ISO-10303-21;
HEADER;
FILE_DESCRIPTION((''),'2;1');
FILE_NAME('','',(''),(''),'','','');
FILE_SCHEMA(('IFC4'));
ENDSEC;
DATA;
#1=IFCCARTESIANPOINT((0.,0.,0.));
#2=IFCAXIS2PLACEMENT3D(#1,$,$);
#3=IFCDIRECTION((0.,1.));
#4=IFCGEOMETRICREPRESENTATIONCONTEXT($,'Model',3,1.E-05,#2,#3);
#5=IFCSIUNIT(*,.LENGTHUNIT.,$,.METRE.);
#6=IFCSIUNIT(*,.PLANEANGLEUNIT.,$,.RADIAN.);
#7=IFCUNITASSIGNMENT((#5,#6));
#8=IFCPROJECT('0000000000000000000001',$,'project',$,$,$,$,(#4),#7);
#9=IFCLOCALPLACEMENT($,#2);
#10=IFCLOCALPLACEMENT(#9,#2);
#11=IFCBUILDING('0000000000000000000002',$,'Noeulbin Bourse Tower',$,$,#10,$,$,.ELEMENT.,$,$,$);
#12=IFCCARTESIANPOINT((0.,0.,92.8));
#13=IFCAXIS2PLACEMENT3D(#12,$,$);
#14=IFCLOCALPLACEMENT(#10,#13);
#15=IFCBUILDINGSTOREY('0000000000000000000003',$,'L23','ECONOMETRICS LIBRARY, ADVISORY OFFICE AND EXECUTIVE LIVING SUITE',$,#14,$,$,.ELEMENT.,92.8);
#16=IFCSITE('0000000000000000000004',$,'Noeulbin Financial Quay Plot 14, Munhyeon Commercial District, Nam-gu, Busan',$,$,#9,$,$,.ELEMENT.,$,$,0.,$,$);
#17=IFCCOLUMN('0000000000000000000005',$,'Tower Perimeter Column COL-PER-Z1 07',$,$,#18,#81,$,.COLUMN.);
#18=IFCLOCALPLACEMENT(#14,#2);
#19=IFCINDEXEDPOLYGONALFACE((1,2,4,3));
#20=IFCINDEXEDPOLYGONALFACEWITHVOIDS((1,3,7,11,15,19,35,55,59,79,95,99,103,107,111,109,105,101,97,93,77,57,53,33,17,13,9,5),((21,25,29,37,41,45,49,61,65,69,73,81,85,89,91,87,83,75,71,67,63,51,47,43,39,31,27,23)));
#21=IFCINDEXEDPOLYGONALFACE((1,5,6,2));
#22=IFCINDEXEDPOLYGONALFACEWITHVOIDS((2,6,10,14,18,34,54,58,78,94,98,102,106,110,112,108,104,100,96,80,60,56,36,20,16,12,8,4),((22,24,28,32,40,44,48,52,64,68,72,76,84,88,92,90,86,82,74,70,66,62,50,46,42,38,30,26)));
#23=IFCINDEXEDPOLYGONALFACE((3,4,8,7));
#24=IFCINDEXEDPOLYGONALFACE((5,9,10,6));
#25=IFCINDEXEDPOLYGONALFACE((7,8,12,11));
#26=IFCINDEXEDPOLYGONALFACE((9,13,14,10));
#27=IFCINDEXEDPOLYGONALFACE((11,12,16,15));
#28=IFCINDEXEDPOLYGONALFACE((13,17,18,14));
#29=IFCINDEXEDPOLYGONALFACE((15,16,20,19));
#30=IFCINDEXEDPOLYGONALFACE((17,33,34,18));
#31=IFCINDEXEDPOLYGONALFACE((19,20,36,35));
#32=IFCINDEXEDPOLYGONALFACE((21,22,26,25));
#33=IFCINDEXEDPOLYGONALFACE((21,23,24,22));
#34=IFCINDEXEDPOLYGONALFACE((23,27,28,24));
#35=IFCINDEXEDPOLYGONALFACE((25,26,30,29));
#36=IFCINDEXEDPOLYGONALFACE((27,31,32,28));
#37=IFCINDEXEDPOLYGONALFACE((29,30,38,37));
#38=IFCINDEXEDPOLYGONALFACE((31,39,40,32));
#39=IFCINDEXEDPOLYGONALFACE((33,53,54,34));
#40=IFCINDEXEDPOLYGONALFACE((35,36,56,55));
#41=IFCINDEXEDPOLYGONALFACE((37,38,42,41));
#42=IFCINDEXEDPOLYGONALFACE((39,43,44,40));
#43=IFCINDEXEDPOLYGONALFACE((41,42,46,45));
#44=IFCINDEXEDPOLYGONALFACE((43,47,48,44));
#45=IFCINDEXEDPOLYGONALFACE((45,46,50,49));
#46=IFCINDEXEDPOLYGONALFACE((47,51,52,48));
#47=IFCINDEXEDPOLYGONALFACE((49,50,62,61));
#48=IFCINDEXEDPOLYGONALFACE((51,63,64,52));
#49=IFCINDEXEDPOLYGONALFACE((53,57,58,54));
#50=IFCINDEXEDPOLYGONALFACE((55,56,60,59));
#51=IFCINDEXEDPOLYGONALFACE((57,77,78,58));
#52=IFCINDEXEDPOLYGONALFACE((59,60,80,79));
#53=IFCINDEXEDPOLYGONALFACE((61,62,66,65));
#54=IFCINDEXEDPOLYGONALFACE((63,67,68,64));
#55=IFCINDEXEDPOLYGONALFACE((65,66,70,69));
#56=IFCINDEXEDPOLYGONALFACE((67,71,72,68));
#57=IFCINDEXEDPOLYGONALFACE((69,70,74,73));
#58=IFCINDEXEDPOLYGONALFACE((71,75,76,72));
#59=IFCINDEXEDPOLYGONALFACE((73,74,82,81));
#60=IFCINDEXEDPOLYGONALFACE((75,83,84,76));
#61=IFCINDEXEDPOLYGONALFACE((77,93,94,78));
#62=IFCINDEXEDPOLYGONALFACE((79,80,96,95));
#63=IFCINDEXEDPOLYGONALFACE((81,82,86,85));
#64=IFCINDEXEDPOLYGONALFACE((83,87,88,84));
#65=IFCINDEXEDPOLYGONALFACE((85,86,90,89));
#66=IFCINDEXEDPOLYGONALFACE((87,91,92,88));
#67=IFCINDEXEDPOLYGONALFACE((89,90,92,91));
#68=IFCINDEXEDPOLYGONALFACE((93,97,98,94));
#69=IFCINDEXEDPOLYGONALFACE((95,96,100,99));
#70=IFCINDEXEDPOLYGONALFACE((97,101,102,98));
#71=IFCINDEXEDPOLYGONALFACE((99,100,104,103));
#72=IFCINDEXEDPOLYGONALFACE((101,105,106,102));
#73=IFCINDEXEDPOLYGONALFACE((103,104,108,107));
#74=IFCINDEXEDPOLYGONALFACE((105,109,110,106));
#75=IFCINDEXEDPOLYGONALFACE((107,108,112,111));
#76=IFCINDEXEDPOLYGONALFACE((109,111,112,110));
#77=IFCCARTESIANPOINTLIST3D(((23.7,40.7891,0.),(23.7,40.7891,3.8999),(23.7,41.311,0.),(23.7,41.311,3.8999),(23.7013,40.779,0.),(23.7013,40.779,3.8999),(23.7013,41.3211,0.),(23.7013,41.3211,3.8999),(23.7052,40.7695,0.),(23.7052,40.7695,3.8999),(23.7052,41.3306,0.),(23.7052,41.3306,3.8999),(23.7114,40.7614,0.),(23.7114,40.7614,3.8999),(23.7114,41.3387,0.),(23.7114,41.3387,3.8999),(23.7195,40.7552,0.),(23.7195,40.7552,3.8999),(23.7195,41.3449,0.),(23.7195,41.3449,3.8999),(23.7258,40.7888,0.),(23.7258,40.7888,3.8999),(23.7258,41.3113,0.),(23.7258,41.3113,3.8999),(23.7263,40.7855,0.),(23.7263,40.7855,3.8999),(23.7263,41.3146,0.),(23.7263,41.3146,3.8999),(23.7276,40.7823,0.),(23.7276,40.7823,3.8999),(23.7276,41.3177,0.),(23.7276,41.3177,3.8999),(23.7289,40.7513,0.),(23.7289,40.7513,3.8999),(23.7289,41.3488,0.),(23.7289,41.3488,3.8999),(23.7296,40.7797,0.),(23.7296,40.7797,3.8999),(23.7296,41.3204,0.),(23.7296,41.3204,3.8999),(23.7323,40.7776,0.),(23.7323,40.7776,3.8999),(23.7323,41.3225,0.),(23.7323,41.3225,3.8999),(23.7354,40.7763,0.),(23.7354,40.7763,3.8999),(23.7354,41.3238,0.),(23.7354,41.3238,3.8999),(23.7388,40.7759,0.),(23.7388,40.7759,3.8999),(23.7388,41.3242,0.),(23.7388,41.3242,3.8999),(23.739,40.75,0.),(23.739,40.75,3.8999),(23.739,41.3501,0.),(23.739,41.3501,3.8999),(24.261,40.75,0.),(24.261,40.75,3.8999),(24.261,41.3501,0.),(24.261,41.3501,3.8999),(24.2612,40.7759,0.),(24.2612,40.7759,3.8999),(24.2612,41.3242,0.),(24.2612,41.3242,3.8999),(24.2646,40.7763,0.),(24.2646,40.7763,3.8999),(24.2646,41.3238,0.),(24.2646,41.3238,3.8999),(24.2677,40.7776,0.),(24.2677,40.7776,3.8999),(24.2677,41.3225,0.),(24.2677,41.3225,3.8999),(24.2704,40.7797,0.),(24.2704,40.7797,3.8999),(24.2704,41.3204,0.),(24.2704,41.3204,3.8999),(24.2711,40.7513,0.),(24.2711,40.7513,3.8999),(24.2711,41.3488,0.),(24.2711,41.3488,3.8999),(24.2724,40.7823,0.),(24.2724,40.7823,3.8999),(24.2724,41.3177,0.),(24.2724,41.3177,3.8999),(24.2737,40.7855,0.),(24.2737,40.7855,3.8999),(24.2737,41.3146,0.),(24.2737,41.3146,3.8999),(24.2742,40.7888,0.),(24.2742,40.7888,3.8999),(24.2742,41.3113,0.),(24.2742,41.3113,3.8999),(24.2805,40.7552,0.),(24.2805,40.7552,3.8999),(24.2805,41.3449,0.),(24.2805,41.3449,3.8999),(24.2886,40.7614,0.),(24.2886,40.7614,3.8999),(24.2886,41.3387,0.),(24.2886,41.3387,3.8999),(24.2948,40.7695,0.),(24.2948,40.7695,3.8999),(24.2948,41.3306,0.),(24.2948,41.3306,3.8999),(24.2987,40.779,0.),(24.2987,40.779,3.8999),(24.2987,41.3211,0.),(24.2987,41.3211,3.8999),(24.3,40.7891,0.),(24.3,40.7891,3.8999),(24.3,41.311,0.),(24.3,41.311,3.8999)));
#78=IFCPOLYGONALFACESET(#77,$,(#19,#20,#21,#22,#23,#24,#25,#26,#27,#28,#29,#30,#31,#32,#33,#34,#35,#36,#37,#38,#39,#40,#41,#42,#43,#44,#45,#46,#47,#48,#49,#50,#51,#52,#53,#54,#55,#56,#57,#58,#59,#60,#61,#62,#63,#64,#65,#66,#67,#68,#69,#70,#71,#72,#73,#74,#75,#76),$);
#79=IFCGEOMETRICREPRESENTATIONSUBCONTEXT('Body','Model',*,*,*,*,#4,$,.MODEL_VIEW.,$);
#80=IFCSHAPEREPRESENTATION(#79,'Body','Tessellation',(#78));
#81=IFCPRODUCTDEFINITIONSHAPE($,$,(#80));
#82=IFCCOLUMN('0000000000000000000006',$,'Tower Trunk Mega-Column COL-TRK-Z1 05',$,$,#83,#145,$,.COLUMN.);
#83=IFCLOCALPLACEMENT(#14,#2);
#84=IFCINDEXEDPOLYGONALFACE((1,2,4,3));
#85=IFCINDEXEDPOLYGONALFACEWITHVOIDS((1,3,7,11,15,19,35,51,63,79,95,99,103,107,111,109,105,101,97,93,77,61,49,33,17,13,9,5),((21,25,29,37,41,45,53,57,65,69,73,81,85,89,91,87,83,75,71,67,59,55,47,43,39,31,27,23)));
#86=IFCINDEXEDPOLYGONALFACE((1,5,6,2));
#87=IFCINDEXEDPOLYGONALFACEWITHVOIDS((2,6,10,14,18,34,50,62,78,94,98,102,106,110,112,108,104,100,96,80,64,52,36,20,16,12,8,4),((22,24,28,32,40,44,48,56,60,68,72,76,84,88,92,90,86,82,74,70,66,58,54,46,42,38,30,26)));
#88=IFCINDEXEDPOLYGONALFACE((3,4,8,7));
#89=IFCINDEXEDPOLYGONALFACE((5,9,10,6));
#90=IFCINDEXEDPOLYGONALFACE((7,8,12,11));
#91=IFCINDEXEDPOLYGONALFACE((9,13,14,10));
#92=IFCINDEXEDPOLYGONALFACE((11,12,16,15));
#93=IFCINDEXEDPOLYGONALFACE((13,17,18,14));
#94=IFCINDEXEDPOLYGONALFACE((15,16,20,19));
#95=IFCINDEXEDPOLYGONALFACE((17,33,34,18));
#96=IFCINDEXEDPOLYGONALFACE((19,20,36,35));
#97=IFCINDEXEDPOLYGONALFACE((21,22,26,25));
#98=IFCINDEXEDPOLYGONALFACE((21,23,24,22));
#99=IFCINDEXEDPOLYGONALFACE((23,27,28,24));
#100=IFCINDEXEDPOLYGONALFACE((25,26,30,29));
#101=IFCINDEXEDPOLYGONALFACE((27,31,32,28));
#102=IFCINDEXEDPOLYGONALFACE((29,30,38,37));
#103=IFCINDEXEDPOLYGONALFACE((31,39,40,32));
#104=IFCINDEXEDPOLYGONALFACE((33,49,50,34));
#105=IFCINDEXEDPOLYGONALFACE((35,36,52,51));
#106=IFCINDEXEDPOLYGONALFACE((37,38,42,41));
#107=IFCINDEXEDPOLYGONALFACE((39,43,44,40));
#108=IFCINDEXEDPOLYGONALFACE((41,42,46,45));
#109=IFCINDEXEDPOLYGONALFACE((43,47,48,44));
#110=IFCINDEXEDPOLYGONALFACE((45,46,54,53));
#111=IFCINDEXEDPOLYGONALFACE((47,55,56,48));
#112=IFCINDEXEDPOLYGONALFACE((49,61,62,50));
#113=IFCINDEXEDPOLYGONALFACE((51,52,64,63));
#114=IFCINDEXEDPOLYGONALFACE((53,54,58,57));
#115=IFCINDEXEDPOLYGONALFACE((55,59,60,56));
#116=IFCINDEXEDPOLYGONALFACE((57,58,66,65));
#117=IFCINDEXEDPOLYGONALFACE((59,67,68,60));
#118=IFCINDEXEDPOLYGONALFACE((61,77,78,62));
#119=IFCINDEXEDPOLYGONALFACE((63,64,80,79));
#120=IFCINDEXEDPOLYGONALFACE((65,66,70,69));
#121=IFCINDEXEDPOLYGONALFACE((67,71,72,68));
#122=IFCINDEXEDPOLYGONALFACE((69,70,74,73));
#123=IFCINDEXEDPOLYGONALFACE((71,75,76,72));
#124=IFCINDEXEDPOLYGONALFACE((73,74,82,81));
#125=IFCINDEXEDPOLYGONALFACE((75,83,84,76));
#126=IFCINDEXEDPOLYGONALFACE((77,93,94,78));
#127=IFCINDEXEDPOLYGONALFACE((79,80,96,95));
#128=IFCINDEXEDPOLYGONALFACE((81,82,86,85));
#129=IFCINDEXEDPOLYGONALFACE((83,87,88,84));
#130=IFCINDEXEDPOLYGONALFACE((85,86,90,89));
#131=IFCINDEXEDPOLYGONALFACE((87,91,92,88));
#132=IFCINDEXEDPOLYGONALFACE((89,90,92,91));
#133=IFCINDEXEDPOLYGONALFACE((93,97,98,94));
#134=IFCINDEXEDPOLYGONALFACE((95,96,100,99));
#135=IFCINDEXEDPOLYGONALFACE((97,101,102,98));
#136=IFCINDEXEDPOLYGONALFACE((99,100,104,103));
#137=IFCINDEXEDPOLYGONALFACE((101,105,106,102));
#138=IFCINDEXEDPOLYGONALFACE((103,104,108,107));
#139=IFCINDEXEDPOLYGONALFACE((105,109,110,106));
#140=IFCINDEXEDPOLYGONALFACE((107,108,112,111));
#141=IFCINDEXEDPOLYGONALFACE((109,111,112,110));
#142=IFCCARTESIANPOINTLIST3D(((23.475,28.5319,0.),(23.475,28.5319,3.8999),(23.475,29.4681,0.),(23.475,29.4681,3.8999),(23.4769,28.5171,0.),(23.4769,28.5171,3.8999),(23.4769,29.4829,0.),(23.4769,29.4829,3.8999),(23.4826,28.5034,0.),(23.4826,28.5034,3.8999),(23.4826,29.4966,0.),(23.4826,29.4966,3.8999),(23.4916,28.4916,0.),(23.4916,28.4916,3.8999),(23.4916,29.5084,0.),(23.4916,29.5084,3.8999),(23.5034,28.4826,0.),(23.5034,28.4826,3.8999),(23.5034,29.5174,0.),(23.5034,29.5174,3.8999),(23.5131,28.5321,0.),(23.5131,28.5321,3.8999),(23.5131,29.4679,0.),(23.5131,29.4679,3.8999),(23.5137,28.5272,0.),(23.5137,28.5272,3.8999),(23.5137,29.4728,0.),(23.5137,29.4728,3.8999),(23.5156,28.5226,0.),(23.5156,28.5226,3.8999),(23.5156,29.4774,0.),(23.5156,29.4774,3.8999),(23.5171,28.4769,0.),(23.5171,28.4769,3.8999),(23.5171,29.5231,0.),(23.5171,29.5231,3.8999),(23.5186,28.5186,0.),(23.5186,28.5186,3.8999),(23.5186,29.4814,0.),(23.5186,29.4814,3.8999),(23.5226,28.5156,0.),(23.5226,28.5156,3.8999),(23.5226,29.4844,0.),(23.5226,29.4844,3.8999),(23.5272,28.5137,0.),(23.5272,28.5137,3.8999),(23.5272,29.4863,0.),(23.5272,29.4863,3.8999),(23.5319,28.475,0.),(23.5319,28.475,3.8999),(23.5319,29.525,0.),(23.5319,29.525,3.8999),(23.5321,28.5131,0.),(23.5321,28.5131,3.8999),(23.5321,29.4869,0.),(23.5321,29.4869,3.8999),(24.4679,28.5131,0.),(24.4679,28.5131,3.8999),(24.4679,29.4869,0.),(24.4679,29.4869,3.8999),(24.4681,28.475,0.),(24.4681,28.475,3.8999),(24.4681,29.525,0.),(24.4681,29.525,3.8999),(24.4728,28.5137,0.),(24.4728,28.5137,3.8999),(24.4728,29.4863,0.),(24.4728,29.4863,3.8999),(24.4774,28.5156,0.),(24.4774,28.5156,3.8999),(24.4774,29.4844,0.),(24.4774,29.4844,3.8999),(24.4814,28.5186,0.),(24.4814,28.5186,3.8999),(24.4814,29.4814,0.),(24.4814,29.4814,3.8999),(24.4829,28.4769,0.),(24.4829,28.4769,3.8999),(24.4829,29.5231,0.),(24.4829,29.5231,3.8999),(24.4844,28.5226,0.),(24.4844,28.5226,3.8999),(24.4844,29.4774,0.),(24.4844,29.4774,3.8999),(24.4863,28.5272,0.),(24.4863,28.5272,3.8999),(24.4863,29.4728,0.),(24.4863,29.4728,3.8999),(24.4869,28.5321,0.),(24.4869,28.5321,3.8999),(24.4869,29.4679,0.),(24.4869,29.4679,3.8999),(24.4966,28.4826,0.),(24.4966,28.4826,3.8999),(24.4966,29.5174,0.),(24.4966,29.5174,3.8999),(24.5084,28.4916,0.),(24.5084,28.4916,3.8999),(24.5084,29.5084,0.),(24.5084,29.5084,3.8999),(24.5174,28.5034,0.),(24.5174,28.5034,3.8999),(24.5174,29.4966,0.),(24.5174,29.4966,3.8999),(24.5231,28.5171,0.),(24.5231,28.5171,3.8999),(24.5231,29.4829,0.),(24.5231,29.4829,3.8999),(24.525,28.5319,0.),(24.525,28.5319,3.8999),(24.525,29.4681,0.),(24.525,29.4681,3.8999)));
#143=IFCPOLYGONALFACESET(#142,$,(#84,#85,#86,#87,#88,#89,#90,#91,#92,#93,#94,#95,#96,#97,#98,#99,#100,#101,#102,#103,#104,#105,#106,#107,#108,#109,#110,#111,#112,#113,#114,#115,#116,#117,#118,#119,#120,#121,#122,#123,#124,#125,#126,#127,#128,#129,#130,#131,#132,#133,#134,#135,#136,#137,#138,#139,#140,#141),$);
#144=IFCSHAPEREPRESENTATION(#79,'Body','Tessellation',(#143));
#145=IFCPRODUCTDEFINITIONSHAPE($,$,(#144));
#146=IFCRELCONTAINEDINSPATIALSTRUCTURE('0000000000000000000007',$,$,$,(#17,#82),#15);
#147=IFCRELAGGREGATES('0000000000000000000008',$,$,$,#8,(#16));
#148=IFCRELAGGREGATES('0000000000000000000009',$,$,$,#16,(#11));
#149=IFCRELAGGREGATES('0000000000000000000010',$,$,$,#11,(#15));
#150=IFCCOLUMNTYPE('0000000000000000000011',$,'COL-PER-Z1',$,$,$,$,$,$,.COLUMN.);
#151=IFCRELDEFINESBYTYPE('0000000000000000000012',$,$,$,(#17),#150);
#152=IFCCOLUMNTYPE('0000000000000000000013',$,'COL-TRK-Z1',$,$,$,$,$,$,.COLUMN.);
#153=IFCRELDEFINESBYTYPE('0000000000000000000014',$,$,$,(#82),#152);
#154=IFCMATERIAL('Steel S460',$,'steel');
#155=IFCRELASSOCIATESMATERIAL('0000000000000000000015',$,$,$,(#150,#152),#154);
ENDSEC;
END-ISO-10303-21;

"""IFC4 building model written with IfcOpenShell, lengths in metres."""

from ifc_helpers import new_model, si_unit, direction, frame, origin, origin_2d, place, context, subcontext, project, spatial, hollow_rectangle, extrude, material, material_profile, profile_set, type_object, element, save


model = new_model("IFC4")

# Units and contexts
model_context = context("Model", 3, precision=1e-05, world=origin(), true_north=direction((0.0, 1.0)))
body_context = subcontext(model_context, "Body", "Model", "MODEL_VIEW")
ifc_project = project(units=[si_unit("LENGTHUNIT", "METRE"), si_unit("PLANEANGLEUNIT", "RADIAN")], contexts=[model_context])

# Site, building, storey
site_placement = place(None, origin())
site = spatial("IfcSite", under=ifc_project, at=site_placement, Name="Noeulbin Financial Quay Plot 14, Munhyeon Commercial District, Nam-gu, Busan", CompositionType="ELEMENT", RefElevation=0.0)
building_placement = place(site_placement, origin())
building = spatial("IfcBuilding", under=site, at=building_placement, Name="Noeulbin Bourse Tower", CompositionType="ELEMENT")
storey_placement = place(building_placement, frame((0.0, 0.0, 92.8)))
storey = spatial("IfcBuildingStorey", under=building, at=storey_placement, Name="L23", Description="ECONOMETRICS LIBRARY, ADVISORY OFFICE AND EXECUTIVE LIVING SUITE", CompositionType="ELEMENT", Elevation=92.8)

# Columns
ifc_material_1 = material(Name="Steel S460", Category="steel")
ifc_material_profile_1 = material_profile(ifc_material_1, hollow_rectangle(XDim=0.6001, YDim=0.6001, WallThickness=0.0259, InnerFilletRadius=0.0129, OuterFilletRadius=0.0391, at=origin_2d()), Name="BOX-600x600x26", Category="LoadBearing")
ifc_profile_set_1 = profile_set([ifc_material_profile_1], Name="Steel S460")
column_type_1 = type_object("IfcColumnType", Name="COL-PER-Z1", PredefinedType="COLUMN", material=ifc_profile_set_1)
column_placement = place(storey_placement, frame((24.0, 41.05, 0.0), z_axis=(0.0, 0.0, 1.0), x_axis=(1.0, 0.0, 0.0)))
element("IfcColumn", 1, at=column_placement, inside=storey, type_object=column_type_1, Name="Tower Perimeter Column COL-PER-Z1 07", PredefinedType="COLUMN", context=body_context, shape_type="SweptSolid", body=[
    extrude(hollow_rectangle(XDim=0.6001, YDim=0.6001, WallThickness=0.0259, InnerFilletRadius=0.0129, OuterFilletRadius=0.0391, at=origin_2d()), origin(), (0.0, 0.0, 1.0), 3.8999),
])
ifc_material_profile_2 = material_profile(ifc_material_1, hollow_rectangle(XDim=1.05, YDim=1.05, WallThickness=0.0381, InnerFilletRadius=0.019, OuterFilletRadius=0.0569, at=origin_2d()), Name="BOX-1050x1050x38", Category="LoadBearing")
ifc_profile_set_2 = profile_set([ifc_material_profile_2], Name="Steel S460")
column_type_2 = type_object("IfcColumnType", Name="COL-TRK-Z1", PredefinedType="COLUMN", material=ifc_profile_set_2)
for number, where, z_axis, x_axis, name in (
    (2, (24.0, 29.0, 0.0), (0.0, 0.0, 1.0), (1.0, 0.0, 0.0), "Tower Trunk Mega-Column COL-TRK-Z1 05"),
):
    element("IfcColumn", number, at=place(storey_placement, frame(where, z_axis=z_axis, x_axis=x_axis)), inside=storey, type_object=column_type_2, Name=name, PredefinedType="COLUMN", context=body_context, shape_type="SweptSolid", body=[
        extrude(hollow_rectangle(XDim=1.05, YDim=1.05, WallThickness=0.0381, InnerFilletRadius=0.019, OuterFilletRadius=0.0569, at=origin_2d()), origin(), (0.0, 0.0, 1.0), 3.8999),
    ])

save(model, "model.ifc")
